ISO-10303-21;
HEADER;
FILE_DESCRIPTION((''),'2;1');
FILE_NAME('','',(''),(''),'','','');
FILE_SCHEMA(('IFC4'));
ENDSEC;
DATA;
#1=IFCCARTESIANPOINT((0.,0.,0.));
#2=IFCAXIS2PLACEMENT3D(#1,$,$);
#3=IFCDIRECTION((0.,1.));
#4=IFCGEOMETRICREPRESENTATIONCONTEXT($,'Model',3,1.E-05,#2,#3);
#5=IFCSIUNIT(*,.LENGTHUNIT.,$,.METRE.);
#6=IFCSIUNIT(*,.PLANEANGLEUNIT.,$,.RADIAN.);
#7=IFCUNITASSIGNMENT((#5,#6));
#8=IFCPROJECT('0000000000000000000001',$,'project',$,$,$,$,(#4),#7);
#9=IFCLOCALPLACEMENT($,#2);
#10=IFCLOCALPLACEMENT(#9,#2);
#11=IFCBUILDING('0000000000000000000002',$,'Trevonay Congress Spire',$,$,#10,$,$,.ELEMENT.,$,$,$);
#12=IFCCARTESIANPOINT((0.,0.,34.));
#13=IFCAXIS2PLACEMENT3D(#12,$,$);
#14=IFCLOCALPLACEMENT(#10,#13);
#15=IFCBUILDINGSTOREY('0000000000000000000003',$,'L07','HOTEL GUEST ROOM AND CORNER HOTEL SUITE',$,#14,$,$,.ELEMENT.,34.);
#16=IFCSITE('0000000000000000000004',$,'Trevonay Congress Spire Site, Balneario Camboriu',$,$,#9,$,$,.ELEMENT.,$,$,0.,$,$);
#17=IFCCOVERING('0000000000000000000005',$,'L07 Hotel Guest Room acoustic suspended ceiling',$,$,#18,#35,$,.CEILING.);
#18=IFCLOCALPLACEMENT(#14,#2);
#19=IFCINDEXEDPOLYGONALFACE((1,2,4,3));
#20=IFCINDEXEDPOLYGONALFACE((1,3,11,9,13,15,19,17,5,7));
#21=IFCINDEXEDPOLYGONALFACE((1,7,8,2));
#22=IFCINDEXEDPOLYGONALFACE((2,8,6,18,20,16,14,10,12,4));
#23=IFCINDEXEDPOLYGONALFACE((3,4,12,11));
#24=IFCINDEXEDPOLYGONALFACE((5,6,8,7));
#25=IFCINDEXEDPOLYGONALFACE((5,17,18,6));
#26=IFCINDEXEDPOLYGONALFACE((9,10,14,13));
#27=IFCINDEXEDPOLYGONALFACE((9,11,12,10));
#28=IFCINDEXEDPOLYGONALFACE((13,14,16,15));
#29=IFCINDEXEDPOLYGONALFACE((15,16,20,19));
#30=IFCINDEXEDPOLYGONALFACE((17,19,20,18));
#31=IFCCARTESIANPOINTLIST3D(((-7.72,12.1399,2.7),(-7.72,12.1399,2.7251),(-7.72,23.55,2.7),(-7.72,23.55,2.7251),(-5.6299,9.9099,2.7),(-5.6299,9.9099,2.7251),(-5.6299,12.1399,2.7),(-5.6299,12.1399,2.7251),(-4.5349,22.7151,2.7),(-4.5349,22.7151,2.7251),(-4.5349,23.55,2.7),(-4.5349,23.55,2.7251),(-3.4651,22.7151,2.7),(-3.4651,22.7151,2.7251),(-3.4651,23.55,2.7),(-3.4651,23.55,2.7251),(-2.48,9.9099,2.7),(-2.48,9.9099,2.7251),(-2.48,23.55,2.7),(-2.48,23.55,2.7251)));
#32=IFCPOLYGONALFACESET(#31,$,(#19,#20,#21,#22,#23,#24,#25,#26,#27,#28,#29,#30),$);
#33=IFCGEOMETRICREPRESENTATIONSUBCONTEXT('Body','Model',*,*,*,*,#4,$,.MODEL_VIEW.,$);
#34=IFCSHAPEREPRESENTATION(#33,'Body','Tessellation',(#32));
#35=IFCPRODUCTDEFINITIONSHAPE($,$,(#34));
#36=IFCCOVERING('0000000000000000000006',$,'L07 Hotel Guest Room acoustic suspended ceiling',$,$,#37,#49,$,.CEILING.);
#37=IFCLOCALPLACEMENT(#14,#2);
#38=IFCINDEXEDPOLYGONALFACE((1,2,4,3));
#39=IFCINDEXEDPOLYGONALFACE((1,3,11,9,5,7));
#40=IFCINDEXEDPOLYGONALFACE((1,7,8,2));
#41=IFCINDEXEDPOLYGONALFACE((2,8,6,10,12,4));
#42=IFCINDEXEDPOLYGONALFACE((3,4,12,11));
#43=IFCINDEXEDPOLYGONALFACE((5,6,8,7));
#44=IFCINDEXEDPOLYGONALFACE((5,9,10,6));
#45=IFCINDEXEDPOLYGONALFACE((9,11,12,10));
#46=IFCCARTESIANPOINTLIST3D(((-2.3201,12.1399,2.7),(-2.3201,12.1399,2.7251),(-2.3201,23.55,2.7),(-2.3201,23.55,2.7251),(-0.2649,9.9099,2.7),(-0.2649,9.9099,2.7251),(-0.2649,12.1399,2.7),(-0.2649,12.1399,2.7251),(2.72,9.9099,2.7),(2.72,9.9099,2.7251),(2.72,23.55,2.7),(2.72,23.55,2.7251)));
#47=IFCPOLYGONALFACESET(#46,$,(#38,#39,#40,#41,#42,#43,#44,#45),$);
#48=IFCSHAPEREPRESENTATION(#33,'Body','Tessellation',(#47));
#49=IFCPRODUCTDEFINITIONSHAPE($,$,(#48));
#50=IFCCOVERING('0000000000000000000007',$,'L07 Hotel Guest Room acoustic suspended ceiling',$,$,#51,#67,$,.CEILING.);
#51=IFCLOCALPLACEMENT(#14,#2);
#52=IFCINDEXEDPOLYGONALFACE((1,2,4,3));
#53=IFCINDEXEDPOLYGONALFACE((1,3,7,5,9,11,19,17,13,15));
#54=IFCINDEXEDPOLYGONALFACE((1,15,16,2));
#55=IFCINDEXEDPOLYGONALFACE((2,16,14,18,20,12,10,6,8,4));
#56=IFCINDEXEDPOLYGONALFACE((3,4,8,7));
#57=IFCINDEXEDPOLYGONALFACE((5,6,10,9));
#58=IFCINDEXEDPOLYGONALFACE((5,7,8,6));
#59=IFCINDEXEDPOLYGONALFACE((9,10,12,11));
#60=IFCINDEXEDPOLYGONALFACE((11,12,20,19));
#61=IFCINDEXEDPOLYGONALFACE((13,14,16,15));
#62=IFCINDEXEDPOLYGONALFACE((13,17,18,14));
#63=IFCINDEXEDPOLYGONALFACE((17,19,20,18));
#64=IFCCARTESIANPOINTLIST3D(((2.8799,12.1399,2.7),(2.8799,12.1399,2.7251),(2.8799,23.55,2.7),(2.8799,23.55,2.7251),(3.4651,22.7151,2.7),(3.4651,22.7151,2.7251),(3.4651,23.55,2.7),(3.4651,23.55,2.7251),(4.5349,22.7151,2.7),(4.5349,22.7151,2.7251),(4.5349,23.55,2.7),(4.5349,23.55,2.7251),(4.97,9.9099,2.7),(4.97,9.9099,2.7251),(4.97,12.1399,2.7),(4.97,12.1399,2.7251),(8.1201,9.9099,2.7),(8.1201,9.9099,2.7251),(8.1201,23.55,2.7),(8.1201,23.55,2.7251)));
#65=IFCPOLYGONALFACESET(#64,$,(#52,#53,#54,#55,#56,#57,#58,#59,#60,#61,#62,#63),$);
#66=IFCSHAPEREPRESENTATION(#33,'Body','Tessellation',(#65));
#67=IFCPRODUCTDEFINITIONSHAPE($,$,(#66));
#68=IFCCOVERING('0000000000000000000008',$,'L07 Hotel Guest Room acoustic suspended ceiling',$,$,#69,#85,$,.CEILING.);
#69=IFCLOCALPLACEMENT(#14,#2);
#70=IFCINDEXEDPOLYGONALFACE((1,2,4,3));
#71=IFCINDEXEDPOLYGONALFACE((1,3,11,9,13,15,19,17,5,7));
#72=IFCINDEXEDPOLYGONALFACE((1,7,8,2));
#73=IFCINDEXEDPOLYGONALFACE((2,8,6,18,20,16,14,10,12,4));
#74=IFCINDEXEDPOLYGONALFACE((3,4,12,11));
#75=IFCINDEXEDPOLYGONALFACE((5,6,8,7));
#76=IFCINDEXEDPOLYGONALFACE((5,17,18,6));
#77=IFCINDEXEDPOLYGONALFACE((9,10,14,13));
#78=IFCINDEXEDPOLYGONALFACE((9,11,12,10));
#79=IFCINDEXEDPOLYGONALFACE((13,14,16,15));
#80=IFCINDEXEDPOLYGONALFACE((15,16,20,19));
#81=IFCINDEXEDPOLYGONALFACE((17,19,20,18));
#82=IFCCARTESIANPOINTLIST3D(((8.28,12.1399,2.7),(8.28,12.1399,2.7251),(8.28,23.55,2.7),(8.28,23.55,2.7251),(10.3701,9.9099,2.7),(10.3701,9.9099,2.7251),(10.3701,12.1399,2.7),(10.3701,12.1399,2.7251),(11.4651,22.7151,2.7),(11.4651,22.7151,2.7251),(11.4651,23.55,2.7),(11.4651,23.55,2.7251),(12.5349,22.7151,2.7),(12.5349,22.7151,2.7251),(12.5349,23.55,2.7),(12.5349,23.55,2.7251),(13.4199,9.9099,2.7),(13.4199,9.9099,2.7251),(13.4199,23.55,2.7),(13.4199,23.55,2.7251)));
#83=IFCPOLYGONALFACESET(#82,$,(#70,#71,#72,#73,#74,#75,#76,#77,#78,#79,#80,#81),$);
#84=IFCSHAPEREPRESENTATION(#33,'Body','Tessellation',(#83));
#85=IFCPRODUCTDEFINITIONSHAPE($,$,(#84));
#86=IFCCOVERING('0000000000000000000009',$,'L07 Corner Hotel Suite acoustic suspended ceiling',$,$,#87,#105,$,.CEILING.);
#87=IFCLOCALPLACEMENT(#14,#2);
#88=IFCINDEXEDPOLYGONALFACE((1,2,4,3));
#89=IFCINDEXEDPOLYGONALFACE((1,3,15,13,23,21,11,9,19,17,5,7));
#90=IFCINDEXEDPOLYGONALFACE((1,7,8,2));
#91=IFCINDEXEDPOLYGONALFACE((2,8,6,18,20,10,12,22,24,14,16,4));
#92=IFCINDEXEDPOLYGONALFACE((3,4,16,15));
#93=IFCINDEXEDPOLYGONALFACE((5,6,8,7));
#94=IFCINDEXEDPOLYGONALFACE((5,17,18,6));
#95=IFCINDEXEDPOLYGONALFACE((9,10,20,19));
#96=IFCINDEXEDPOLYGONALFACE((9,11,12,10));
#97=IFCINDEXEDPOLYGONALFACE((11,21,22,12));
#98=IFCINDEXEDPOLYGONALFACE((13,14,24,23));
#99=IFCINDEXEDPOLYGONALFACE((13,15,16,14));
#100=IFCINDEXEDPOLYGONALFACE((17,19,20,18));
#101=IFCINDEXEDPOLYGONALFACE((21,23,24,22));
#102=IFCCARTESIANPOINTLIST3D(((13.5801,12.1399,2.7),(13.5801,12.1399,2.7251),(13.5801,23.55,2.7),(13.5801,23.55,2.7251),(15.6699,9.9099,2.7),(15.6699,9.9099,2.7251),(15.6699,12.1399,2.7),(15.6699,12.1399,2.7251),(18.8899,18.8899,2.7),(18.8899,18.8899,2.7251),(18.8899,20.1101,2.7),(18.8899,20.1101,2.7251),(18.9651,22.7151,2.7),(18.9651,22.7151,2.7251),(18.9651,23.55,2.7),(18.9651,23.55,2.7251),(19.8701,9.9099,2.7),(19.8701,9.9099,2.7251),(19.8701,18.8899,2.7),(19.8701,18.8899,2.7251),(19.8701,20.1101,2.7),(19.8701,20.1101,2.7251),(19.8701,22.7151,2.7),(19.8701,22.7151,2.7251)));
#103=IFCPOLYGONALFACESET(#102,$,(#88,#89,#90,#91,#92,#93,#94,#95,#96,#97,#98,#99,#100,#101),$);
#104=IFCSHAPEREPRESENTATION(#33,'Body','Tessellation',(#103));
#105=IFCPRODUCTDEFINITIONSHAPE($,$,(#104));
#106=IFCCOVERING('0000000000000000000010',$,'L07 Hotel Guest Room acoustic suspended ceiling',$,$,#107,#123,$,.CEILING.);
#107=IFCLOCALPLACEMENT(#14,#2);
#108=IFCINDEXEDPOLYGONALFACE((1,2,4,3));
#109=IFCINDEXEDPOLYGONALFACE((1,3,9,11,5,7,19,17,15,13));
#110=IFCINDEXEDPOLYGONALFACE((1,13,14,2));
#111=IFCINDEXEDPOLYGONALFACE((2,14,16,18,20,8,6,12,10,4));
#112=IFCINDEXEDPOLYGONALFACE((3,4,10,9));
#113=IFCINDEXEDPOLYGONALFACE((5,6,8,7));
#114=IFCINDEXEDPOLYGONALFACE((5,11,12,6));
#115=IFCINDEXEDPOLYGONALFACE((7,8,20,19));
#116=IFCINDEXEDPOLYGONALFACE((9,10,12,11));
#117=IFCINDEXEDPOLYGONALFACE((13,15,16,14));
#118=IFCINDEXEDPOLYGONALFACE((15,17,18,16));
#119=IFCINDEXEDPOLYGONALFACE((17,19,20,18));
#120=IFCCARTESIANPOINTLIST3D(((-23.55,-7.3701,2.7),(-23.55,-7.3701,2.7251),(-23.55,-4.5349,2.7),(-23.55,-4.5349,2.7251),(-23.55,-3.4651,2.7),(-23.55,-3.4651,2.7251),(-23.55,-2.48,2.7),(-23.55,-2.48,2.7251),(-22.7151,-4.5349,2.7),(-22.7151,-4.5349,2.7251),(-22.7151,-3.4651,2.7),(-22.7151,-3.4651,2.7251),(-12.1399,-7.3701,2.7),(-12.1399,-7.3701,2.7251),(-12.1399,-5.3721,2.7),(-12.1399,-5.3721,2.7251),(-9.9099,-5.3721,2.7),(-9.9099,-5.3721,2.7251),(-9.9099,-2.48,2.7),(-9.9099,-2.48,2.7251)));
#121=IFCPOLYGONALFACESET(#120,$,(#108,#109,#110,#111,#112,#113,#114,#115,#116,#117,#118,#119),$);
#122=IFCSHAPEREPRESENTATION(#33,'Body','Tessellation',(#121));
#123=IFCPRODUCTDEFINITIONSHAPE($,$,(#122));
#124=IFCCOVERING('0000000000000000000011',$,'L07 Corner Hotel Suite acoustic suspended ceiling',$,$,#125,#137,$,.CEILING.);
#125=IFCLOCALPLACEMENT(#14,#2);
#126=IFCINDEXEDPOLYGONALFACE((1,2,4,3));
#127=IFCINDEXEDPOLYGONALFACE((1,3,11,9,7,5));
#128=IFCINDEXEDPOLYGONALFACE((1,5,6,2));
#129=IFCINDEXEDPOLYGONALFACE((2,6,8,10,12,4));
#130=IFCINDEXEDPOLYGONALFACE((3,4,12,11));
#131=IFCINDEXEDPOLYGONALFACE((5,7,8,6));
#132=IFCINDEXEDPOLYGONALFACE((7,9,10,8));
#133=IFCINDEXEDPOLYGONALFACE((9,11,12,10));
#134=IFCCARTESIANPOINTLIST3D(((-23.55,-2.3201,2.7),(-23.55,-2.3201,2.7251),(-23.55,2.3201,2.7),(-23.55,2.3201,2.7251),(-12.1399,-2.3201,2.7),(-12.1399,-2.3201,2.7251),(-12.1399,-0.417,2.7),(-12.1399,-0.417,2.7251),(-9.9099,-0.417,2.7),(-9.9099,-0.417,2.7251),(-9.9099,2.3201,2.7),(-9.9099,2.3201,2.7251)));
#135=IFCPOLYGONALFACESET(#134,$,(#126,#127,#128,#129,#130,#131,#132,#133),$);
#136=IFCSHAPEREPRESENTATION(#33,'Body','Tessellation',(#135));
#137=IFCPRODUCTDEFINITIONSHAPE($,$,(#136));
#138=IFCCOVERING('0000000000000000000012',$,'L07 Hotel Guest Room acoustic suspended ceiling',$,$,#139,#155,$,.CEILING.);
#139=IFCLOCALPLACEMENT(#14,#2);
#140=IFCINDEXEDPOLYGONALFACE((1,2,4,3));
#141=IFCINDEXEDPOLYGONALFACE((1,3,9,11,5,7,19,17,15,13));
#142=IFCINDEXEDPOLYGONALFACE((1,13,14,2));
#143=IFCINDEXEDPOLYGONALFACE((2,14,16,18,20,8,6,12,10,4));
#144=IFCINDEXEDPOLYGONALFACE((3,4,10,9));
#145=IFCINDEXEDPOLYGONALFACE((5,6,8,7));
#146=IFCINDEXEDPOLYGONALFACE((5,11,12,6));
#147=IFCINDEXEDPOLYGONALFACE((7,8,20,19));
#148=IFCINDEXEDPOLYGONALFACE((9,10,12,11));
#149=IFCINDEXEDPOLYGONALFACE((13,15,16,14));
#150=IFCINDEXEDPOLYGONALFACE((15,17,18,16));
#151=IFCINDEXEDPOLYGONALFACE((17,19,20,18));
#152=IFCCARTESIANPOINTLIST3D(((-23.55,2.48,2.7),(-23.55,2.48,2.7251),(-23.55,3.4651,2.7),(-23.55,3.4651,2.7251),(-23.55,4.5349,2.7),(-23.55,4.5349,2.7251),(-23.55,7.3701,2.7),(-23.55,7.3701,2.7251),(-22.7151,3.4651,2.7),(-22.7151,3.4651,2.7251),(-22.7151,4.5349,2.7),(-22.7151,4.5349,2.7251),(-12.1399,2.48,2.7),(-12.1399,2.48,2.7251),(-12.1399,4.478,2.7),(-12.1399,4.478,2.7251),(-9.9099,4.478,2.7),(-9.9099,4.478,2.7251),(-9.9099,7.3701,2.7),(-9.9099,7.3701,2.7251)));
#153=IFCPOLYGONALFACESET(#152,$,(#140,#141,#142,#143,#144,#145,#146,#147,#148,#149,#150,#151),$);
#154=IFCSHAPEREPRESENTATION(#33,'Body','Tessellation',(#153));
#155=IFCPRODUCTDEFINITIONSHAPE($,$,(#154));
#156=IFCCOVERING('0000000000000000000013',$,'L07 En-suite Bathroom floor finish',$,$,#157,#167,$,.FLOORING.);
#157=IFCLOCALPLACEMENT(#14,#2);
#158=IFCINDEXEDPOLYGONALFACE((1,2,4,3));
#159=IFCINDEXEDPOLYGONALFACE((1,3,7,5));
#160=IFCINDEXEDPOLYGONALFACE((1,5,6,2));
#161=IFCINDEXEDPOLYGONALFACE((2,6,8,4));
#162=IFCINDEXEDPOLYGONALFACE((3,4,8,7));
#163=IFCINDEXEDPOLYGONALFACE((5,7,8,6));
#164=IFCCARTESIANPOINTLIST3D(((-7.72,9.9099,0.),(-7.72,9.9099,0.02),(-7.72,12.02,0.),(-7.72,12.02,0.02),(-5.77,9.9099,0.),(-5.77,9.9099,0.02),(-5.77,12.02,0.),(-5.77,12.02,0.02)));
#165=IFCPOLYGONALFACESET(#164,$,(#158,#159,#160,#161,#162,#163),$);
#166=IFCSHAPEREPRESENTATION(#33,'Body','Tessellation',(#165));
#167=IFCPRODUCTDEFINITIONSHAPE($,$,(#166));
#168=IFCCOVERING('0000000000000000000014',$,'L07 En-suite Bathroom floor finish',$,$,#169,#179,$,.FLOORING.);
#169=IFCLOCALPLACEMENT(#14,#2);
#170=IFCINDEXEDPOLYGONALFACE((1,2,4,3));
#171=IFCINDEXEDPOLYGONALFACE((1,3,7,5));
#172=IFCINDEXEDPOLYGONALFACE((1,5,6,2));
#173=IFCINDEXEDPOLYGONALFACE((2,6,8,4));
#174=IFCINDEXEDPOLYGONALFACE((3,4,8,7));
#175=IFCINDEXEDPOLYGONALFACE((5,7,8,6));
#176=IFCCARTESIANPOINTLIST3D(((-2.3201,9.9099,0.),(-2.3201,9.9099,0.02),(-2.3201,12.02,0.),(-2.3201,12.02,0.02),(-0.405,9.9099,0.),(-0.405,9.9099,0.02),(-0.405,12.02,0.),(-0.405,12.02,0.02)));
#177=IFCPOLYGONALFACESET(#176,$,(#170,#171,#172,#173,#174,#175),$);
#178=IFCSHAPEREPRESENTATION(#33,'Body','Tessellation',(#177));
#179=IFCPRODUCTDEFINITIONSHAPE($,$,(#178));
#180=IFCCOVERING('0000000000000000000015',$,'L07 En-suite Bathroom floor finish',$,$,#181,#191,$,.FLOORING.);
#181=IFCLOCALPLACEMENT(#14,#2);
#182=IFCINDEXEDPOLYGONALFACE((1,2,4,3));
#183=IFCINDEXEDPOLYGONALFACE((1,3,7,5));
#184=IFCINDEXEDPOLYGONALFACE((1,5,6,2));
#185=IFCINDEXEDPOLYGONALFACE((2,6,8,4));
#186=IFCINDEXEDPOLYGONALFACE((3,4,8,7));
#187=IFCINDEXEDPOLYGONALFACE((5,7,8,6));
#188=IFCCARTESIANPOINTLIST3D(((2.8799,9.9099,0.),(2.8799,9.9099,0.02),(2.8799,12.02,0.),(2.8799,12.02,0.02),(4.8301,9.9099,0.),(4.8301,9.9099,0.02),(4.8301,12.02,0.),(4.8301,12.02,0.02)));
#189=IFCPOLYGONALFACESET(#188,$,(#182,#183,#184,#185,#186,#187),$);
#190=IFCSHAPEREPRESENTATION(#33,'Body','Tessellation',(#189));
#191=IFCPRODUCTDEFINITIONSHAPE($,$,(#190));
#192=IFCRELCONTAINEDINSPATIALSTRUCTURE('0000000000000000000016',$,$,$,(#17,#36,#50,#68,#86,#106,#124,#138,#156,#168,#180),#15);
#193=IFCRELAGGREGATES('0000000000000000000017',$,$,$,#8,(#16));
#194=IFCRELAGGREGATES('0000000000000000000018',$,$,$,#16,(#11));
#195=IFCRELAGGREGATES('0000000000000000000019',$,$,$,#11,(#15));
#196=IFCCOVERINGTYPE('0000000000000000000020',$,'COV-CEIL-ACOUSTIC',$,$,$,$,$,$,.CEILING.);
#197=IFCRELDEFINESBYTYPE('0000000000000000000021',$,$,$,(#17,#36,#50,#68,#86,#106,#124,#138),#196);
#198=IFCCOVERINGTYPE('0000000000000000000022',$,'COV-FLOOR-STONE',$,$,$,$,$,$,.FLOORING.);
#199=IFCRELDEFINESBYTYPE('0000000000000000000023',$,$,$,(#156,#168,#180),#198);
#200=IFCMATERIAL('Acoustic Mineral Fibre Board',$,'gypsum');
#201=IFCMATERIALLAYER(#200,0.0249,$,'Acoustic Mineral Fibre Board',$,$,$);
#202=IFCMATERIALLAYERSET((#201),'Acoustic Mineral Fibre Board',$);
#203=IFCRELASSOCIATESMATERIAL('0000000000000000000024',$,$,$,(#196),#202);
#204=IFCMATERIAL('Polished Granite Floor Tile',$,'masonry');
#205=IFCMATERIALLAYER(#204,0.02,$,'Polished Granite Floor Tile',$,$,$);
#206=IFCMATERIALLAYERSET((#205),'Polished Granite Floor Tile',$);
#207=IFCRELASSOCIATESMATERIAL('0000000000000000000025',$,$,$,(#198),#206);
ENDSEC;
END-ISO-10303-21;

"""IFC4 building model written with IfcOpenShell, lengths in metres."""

from ifc_helpers import new_model, si_unit, direction, frame, origin, place, context, subcontext, project, spatial, polyline, outline, extrude, material, layer, layer_set, type_object, element, save


model = new_model("IFC4")

# Units and contexts
model_context = context("Model", 3, precision=1e-05, world=origin(), true_north=direction((0.0, 1.0)))
body_context = subcontext(model_context, "Body", "Model", "MODEL_VIEW")
ifc_project = project(units=[si_unit("LENGTHUNIT", "METRE"), si_unit("PLANEANGLEUNIT", "RADIAN")], contexts=[model_context])

# Site, building, storey
site_placement = place(None, origin())
site = spatial("IfcSite", under=ifc_project, at=site_placement, Name="Trevonay Congress Spire Site, Balneario Camboriu", CompositionType="ELEMENT", RefElevation=0.0)
building_placement = place(site_placement, origin())
building = spatial("IfcBuilding", under=site, at=building_placement, Name="Trevonay Congress Spire", CompositionType="ELEMENT")
storey_placement = place(building_placement, frame((0.0, 0.0, 34.0)))
storey = spatial("IfcBuildingStorey", under=building, at=storey_placement, Name="L07", Description="HOTEL GUEST ROOM AND CORNER HOTEL SUITE", CompositionType="ELEMENT", Elevation=34.0)

# Coverings
ifc_material_1 = material(Name="Acoustic Mineral Fibre Board", Category="gypsum")
ifc_layer_1 = layer(ifc_material_1, 0.0249, Name="Acoustic Mineral Fibre Board")
ifc_layer_set_1 = layer_set([ifc_layer_1], Name="Acoustic Mineral Fibre Board")
covering_type_1 = type_object("IfcCoveringType", Name="COV-CEIL-ACOUSTIC", PredefinedType="CEILING", material=ifc_layer_set_1)
covering_1_placement = place(storey_placement, frame((0.0, 0.0, 2.7)))
element("IfcCovering", 1, at=covering_1_placement, inside=storey, type_object=covering_type_1, Name="L07 Hotel Guest Room acoustic suspended ceiling", PredefinedType="CEILING", context=body_context, shape_type="SweptSolid", body=[
    extrude(outline(polyline([(-2.48, 23.55), (-2.48, 9.9099), (-5.6299, 9.9099), (-5.6299, 12.1399), (-7.72, 12.1399), (-7.72, 23.55), (-4.5349, 23.55), (-4.5349, 22.7151), (-3.4651, 22.7151), (-3.4651, 23.55), (-2.48, 23.55)])), origin(), (0.0, 0.0, 1.0), 0.0251),
])
covering_2_placement = place(storey_placement, frame((0.0, 0.0, 2.7)))
element("IfcCovering", 2, at=covering_2_placement, inside=storey, type_object=covering_type_1, Name="L07 Hotel Guest Room acoustic suspended ceiling", PredefinedType="CEILING", context=body_context, shape_type="SweptSolid", body=[
    extrude(outline(polyline([(-0.2649, 9.9099), (2.72, 9.9099), (2.72, 23.55), (-2.3201, 23.55), (-2.3201, 12.1399), (-0.2649, 12.1399), (-0.2649, 9.9099)])), origin(), (0.0, 0.0, 1.0), 0.0251),
])
covering_3_placement = place(storey_placement, frame((0.0, 0.0, 2.7)))
element("IfcCovering", 3, at=covering_3_placement, inside=storey, type_object=covering_type_1, Name="L07 Hotel Guest Room acoustic suspended ceiling", PredefinedType="CEILING", context=body_context, shape_type="SweptSolid", body=[
    extrude(outline(polyline([(8.1201, 23.55), (8.1201, 9.9099), (4.97, 9.9099), (4.97, 12.1399), (2.8799, 12.1399), (2.8799, 23.55), (3.4651, 23.55), (3.4651, 22.7151), (4.5349, 22.7151), (4.5349, 23.55), (8.1201, 23.55)])), origin(), (0.0, 0.0, 1.0), 0.0251),
])
covering_4_placement = place(storey_placement, frame((0.0, 0.0, 2.7)))
element("IfcCovering", 4, at=covering_4_placement, inside=storey, type_object=covering_type_1, Name="L07 Hotel Guest Room acoustic suspended ceiling", PredefinedType="CEILING", context=body_context, shape_type="SweptSolid", body=[
    extrude(outline(polyline([(13.4199, 23.55), (13.4199, 9.9099), (10.3701, 9.9099), (10.3701, 12.1399), (8.28, 12.1399), (8.28, 23.55), (11.4651, 23.55), (11.4651, 22.7151), (12.5349, 22.7151), (12.5349, 23.55), (13.4199, 23.55)])), origin(), (0.0, 0.0, 1.0), 0.0251),
])
covering_5_placement = place(storey_placement, frame((0.0, 0.0, 2.7)))
element("IfcCovering", 5, at=covering_5_placement, inside=storey, type_object=covering_type_1, Name="L07 Corner Hotel Suite acoustic suspended ceiling", PredefinedType="CEILING", context=body_context, shape_type="SweptSolid", body=[
    extrude(outline(polyline([(19.8701, 9.9099), (15.6699, 9.9099), (15.6699, 12.1399), (13.5801, 12.1399), (13.5801, 23.55), (18.9651, 23.55), (18.9651, 22.7151), (19.8701, 22.7151), (19.8701, 20.1101), (18.8899, 20.1101), (18.8899, 18.8899), (19.8701, 18.8899), (19.8701, 9.9099)])), origin(), (0.0, 0.0, 1.0), 0.0251),
])
covering_6_placement = place(storey_placement, frame((0.0, 0.0, 2.7)))
element("IfcCovering", 6, at=covering_6_placement, inside=storey, type_object=covering_type_1, Name="L07 Hotel Guest Room acoustic suspended ceiling", PredefinedType="CEILING", context=body_context, shape_type="SweptSolid", body=[
    extrude(outline(polyline([(-23.55, -4.5349), (-22.7151, -4.5349), (-22.7151, -3.4651), (-23.55, -3.4651), (-23.55, -2.48), (-9.9099, -2.48), (-9.9099, -5.3721), (-12.1399, -5.3721), (-12.1399, -7.3701), (-23.55, -7.3701), (-23.55, -4.5349)])), origin(), (0.0, 0.0, 1.0), 0.0251),
])
covering_7_placement = place(storey_placement, frame((0.0, 0.0, 2.7)))
element("IfcCovering", 7, at=covering_7_placement, inside=storey, type_object=covering_type_1, Name="L07 Corner Hotel Suite acoustic suspended ceiling", PredefinedType="CEILING", context=body_context, shape_type="SweptSolid", body=[
    extrude(outline(polyline([(-23.55, -2.3201), (-23.55, 2.3201), (-9.9099, 2.3201), (-9.9099, -0.417), (-12.1399, -0.417), (-12.1399, -2.3201), (-23.55, -2.3201)])), origin(), (0.0, 0.0, 1.0), 0.0251),
])
covering_8_placement = place(storey_placement, frame((0.0, 0.0, 2.7)))
element("IfcCovering", 8, at=covering_8_placement, inside=storey, type_object=covering_type_1, Name="L07 Hotel Guest Room acoustic suspended ceiling", PredefinedType="CEILING", context=body_context, shape_type="SweptSolid", body=[
    extrude(outline(polyline([(-23.55, 3.4651), (-22.7151, 3.4651), (-22.7151, 4.5349), (-23.55, 4.5349), (-23.55, 7.3701), (-9.9099, 7.3701), (-9.9099, 4.478), (-12.1399, 4.478), (-12.1399, 2.48), (-23.55, 2.48), (-23.55, 3.4651)])), origin(), (0.0, 0.0, 1.0), 0.0251),
])
ifc_material_2 = material(Name="Polished Granite Floor Tile", Category="masonry")
ifc_layer_2 = layer(ifc_material_2, 0.02, Name="Polished Granite Floor Tile")
ifc_layer_set_2 = layer_set([ifc_layer_2], Name="Polished Granite Floor Tile")
covering_type_2 = type_object("IfcCoveringType", Name="COV-FLOOR-STONE", PredefinedType="FLOORING", material=ifc_layer_set_2)
covering_9_placement = place(storey_placement, origin())
element("IfcCovering", 9, at=covering_9_placement, inside=storey, type_object=covering_type_2, Name="L07 En-suite Bathroom floor finish", PredefinedType="FLOORING", context=body_context, shape_type="SweptSolid", body=[
    extrude(outline(polyline([(-7.72, 9.9099), (-5.77, 9.9099), (-5.77, 12.02), (-7.72, 12.02), (-7.72, 9.9099)])), origin(), (0.0, 0.0, 1.0), 0.02),
])
covering_10_placement = place(storey_placement, origin())
element("IfcCovering", 10, at=covering_10_placement, inside=storey, type_object=covering_type_2, Name="L07 En-suite Bathroom floor finish", PredefinedType="FLOORING", context=body_context, shape_type="SweptSolid", body=[
    extrude(outline(polyline([(-2.3201, 9.9099), (-0.405, 9.9099), (-0.405, 12.02), (-2.3201, 12.02), (-2.3201, 9.9099)])), origin(), (0.0, 0.0, 1.0), 0.02),
])
covering_11_placement = place(storey_placement, origin())
element("IfcCovering", 11, at=covering_11_placement, inside=storey, type_object=covering_type_2, Name="L07 En-suite Bathroom floor finish", PredefinedType="FLOORING", context=body_context, shape_type="SweptSolid", body=[
    extrude(outline(polyline([(2.8799, 9.9099), (4.8301, 9.9099), (4.8301, 12.02), (2.8799, 12.02), (2.8799, 9.9099)])), origin(), (0.0, 0.0, 1.0), 0.02),
])

save(model, "model.ifc")
